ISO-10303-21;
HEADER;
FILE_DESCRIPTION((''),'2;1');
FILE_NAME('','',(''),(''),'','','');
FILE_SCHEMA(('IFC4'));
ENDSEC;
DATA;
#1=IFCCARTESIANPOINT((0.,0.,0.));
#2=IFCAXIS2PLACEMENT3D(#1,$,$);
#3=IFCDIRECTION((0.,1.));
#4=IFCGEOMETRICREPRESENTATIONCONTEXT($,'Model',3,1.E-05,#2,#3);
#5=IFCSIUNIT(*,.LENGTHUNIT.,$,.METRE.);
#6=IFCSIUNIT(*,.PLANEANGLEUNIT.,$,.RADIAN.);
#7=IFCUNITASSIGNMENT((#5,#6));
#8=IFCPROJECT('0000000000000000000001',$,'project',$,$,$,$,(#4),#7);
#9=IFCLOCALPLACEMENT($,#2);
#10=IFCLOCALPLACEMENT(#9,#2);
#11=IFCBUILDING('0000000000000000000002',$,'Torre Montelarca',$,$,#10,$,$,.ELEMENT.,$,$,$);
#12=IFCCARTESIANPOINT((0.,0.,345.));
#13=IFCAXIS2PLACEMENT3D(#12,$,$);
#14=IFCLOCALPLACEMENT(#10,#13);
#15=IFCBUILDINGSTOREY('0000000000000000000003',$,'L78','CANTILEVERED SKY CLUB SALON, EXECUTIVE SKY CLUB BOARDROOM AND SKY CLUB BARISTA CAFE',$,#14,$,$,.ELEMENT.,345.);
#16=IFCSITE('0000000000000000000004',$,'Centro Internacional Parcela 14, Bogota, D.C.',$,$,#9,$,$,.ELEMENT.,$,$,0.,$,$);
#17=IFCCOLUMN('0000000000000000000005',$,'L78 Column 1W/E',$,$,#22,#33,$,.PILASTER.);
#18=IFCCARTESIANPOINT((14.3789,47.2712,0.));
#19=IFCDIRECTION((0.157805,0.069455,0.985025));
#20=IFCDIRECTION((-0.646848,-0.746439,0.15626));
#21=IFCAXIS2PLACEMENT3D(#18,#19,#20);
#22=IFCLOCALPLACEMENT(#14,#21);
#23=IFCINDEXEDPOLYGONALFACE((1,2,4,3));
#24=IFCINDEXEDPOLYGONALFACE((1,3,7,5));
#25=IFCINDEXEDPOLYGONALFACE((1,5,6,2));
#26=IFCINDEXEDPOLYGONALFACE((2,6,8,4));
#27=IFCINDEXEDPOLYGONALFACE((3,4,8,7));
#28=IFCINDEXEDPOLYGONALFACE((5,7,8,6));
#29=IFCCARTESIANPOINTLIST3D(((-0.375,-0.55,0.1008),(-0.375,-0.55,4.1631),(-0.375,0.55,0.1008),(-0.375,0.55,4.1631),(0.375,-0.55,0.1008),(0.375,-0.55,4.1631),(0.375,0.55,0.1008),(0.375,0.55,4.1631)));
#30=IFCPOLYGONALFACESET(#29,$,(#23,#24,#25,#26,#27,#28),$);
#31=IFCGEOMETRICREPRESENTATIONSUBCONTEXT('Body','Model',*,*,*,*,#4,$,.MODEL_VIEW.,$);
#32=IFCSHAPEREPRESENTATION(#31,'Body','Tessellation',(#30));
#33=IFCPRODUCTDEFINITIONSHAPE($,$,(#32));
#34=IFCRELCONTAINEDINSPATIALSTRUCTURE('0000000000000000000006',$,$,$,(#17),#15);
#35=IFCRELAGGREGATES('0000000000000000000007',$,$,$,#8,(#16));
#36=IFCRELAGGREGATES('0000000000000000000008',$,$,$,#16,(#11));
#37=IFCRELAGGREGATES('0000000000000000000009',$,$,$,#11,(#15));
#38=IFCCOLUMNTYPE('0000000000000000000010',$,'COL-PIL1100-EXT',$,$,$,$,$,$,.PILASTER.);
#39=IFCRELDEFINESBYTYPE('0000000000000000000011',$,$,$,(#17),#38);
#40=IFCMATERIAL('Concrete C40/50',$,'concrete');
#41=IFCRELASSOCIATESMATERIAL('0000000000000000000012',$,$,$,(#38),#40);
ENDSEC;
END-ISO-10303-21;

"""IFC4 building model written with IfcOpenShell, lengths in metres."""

from ifc_helpers import new_model, si_unit, direction, frame, origin, origin_2d, place, context, subcontext, project, spatial, rectangle, extrude, clip, halfspace, material, material_profile, profile_set, type_object, element, save


model = new_model("IFC4")

# Units and contexts
model_context = context("Model", 3, precision=1e-05, world=origin(), true_north=direction((0.0, 1.0)))
body_context = subcontext(model_context, "Body", "Model", "MODEL_VIEW")
ifc_project = project(units=[si_unit("LENGTHUNIT", "METRE"), si_unit("PLANEANGLEUNIT", "RADIAN")], contexts=[model_context])

# Site, building, storey
site_placement = place(None, origin())
site = spatial("IfcSite", under=ifc_project, at=site_placement, Name="Centro Internacional Parcela 14, Bogota, D.C.", CompositionType="ELEMENT", RefElevation=0.0)
building_placement = place(site_placement, origin())
building = spatial("IfcBuilding", under=site, at=building_placement, Name="Torre Montelarca", CompositionType="ELEMENT")
storey_placement = place(building_placement, frame((0.0, 0.0, 345.0)))
storey = spatial("IfcBuildingStorey", under=building, at=storey_placement, Name="L78", Description="CANTILEVERED SKY CLUB SALON, EXECUTIVE SKY CLUB BOARDROOM AND SKY CLUB BARISTA CAFE", CompositionType="ELEMENT", Elevation=345.0)

# Column
ifc_material_1 = material(Name="Concrete C40/50", Category="concrete")
ifc_material_profile_1 = material_profile(ifc_material_1, rectangle(XDim=0.75, YDim=1.1001, at=origin_2d()), Name="RC1100X750", Category="concrete")
ifc_profile_set_1 = profile_set([ifc_material_profile_1], Name="Concrete C40/50")
column_type_1 = type_object("IfcColumnType", Name="COL-PIL1100-EXT", PredefinedType="PILASTER", material=ifc_profile_set_1)
column_1_placement = place(storey_placement, frame((14.3789, 47.2712, 0.0), z_axis=(0.157805, 0.069455, 0.985025), x_axis=(-0.646848, -0.746439, 0.15626)))
element("IfcColumn", 1, at=column_1_placement, inside=storey, type_object=column_type_1, Name="L78 Column 1W/E", PredefinedType="PILASTER", context=body_context, shape_type="Clipping", body=[
    clip(clip(extrude(rectangle(XDim=0.75, YDim=1.1001, at=origin_2d()), origin(), (0.0, 0.0, 1.0), 4.2639), halfspace(frame((0.0, 0.0, 0.1008), z_axis=(0.0, 0.0, -1.0), x_axis=(1.0, 0.0, 0.0)), False)), halfspace(frame((0.0, 0.0, 4.1631), z_axis=(0.0, 0.0, 1.0), x_axis=(1.0, 0.0, 0.0)), False)),
])

save(model, "model.ifc")
